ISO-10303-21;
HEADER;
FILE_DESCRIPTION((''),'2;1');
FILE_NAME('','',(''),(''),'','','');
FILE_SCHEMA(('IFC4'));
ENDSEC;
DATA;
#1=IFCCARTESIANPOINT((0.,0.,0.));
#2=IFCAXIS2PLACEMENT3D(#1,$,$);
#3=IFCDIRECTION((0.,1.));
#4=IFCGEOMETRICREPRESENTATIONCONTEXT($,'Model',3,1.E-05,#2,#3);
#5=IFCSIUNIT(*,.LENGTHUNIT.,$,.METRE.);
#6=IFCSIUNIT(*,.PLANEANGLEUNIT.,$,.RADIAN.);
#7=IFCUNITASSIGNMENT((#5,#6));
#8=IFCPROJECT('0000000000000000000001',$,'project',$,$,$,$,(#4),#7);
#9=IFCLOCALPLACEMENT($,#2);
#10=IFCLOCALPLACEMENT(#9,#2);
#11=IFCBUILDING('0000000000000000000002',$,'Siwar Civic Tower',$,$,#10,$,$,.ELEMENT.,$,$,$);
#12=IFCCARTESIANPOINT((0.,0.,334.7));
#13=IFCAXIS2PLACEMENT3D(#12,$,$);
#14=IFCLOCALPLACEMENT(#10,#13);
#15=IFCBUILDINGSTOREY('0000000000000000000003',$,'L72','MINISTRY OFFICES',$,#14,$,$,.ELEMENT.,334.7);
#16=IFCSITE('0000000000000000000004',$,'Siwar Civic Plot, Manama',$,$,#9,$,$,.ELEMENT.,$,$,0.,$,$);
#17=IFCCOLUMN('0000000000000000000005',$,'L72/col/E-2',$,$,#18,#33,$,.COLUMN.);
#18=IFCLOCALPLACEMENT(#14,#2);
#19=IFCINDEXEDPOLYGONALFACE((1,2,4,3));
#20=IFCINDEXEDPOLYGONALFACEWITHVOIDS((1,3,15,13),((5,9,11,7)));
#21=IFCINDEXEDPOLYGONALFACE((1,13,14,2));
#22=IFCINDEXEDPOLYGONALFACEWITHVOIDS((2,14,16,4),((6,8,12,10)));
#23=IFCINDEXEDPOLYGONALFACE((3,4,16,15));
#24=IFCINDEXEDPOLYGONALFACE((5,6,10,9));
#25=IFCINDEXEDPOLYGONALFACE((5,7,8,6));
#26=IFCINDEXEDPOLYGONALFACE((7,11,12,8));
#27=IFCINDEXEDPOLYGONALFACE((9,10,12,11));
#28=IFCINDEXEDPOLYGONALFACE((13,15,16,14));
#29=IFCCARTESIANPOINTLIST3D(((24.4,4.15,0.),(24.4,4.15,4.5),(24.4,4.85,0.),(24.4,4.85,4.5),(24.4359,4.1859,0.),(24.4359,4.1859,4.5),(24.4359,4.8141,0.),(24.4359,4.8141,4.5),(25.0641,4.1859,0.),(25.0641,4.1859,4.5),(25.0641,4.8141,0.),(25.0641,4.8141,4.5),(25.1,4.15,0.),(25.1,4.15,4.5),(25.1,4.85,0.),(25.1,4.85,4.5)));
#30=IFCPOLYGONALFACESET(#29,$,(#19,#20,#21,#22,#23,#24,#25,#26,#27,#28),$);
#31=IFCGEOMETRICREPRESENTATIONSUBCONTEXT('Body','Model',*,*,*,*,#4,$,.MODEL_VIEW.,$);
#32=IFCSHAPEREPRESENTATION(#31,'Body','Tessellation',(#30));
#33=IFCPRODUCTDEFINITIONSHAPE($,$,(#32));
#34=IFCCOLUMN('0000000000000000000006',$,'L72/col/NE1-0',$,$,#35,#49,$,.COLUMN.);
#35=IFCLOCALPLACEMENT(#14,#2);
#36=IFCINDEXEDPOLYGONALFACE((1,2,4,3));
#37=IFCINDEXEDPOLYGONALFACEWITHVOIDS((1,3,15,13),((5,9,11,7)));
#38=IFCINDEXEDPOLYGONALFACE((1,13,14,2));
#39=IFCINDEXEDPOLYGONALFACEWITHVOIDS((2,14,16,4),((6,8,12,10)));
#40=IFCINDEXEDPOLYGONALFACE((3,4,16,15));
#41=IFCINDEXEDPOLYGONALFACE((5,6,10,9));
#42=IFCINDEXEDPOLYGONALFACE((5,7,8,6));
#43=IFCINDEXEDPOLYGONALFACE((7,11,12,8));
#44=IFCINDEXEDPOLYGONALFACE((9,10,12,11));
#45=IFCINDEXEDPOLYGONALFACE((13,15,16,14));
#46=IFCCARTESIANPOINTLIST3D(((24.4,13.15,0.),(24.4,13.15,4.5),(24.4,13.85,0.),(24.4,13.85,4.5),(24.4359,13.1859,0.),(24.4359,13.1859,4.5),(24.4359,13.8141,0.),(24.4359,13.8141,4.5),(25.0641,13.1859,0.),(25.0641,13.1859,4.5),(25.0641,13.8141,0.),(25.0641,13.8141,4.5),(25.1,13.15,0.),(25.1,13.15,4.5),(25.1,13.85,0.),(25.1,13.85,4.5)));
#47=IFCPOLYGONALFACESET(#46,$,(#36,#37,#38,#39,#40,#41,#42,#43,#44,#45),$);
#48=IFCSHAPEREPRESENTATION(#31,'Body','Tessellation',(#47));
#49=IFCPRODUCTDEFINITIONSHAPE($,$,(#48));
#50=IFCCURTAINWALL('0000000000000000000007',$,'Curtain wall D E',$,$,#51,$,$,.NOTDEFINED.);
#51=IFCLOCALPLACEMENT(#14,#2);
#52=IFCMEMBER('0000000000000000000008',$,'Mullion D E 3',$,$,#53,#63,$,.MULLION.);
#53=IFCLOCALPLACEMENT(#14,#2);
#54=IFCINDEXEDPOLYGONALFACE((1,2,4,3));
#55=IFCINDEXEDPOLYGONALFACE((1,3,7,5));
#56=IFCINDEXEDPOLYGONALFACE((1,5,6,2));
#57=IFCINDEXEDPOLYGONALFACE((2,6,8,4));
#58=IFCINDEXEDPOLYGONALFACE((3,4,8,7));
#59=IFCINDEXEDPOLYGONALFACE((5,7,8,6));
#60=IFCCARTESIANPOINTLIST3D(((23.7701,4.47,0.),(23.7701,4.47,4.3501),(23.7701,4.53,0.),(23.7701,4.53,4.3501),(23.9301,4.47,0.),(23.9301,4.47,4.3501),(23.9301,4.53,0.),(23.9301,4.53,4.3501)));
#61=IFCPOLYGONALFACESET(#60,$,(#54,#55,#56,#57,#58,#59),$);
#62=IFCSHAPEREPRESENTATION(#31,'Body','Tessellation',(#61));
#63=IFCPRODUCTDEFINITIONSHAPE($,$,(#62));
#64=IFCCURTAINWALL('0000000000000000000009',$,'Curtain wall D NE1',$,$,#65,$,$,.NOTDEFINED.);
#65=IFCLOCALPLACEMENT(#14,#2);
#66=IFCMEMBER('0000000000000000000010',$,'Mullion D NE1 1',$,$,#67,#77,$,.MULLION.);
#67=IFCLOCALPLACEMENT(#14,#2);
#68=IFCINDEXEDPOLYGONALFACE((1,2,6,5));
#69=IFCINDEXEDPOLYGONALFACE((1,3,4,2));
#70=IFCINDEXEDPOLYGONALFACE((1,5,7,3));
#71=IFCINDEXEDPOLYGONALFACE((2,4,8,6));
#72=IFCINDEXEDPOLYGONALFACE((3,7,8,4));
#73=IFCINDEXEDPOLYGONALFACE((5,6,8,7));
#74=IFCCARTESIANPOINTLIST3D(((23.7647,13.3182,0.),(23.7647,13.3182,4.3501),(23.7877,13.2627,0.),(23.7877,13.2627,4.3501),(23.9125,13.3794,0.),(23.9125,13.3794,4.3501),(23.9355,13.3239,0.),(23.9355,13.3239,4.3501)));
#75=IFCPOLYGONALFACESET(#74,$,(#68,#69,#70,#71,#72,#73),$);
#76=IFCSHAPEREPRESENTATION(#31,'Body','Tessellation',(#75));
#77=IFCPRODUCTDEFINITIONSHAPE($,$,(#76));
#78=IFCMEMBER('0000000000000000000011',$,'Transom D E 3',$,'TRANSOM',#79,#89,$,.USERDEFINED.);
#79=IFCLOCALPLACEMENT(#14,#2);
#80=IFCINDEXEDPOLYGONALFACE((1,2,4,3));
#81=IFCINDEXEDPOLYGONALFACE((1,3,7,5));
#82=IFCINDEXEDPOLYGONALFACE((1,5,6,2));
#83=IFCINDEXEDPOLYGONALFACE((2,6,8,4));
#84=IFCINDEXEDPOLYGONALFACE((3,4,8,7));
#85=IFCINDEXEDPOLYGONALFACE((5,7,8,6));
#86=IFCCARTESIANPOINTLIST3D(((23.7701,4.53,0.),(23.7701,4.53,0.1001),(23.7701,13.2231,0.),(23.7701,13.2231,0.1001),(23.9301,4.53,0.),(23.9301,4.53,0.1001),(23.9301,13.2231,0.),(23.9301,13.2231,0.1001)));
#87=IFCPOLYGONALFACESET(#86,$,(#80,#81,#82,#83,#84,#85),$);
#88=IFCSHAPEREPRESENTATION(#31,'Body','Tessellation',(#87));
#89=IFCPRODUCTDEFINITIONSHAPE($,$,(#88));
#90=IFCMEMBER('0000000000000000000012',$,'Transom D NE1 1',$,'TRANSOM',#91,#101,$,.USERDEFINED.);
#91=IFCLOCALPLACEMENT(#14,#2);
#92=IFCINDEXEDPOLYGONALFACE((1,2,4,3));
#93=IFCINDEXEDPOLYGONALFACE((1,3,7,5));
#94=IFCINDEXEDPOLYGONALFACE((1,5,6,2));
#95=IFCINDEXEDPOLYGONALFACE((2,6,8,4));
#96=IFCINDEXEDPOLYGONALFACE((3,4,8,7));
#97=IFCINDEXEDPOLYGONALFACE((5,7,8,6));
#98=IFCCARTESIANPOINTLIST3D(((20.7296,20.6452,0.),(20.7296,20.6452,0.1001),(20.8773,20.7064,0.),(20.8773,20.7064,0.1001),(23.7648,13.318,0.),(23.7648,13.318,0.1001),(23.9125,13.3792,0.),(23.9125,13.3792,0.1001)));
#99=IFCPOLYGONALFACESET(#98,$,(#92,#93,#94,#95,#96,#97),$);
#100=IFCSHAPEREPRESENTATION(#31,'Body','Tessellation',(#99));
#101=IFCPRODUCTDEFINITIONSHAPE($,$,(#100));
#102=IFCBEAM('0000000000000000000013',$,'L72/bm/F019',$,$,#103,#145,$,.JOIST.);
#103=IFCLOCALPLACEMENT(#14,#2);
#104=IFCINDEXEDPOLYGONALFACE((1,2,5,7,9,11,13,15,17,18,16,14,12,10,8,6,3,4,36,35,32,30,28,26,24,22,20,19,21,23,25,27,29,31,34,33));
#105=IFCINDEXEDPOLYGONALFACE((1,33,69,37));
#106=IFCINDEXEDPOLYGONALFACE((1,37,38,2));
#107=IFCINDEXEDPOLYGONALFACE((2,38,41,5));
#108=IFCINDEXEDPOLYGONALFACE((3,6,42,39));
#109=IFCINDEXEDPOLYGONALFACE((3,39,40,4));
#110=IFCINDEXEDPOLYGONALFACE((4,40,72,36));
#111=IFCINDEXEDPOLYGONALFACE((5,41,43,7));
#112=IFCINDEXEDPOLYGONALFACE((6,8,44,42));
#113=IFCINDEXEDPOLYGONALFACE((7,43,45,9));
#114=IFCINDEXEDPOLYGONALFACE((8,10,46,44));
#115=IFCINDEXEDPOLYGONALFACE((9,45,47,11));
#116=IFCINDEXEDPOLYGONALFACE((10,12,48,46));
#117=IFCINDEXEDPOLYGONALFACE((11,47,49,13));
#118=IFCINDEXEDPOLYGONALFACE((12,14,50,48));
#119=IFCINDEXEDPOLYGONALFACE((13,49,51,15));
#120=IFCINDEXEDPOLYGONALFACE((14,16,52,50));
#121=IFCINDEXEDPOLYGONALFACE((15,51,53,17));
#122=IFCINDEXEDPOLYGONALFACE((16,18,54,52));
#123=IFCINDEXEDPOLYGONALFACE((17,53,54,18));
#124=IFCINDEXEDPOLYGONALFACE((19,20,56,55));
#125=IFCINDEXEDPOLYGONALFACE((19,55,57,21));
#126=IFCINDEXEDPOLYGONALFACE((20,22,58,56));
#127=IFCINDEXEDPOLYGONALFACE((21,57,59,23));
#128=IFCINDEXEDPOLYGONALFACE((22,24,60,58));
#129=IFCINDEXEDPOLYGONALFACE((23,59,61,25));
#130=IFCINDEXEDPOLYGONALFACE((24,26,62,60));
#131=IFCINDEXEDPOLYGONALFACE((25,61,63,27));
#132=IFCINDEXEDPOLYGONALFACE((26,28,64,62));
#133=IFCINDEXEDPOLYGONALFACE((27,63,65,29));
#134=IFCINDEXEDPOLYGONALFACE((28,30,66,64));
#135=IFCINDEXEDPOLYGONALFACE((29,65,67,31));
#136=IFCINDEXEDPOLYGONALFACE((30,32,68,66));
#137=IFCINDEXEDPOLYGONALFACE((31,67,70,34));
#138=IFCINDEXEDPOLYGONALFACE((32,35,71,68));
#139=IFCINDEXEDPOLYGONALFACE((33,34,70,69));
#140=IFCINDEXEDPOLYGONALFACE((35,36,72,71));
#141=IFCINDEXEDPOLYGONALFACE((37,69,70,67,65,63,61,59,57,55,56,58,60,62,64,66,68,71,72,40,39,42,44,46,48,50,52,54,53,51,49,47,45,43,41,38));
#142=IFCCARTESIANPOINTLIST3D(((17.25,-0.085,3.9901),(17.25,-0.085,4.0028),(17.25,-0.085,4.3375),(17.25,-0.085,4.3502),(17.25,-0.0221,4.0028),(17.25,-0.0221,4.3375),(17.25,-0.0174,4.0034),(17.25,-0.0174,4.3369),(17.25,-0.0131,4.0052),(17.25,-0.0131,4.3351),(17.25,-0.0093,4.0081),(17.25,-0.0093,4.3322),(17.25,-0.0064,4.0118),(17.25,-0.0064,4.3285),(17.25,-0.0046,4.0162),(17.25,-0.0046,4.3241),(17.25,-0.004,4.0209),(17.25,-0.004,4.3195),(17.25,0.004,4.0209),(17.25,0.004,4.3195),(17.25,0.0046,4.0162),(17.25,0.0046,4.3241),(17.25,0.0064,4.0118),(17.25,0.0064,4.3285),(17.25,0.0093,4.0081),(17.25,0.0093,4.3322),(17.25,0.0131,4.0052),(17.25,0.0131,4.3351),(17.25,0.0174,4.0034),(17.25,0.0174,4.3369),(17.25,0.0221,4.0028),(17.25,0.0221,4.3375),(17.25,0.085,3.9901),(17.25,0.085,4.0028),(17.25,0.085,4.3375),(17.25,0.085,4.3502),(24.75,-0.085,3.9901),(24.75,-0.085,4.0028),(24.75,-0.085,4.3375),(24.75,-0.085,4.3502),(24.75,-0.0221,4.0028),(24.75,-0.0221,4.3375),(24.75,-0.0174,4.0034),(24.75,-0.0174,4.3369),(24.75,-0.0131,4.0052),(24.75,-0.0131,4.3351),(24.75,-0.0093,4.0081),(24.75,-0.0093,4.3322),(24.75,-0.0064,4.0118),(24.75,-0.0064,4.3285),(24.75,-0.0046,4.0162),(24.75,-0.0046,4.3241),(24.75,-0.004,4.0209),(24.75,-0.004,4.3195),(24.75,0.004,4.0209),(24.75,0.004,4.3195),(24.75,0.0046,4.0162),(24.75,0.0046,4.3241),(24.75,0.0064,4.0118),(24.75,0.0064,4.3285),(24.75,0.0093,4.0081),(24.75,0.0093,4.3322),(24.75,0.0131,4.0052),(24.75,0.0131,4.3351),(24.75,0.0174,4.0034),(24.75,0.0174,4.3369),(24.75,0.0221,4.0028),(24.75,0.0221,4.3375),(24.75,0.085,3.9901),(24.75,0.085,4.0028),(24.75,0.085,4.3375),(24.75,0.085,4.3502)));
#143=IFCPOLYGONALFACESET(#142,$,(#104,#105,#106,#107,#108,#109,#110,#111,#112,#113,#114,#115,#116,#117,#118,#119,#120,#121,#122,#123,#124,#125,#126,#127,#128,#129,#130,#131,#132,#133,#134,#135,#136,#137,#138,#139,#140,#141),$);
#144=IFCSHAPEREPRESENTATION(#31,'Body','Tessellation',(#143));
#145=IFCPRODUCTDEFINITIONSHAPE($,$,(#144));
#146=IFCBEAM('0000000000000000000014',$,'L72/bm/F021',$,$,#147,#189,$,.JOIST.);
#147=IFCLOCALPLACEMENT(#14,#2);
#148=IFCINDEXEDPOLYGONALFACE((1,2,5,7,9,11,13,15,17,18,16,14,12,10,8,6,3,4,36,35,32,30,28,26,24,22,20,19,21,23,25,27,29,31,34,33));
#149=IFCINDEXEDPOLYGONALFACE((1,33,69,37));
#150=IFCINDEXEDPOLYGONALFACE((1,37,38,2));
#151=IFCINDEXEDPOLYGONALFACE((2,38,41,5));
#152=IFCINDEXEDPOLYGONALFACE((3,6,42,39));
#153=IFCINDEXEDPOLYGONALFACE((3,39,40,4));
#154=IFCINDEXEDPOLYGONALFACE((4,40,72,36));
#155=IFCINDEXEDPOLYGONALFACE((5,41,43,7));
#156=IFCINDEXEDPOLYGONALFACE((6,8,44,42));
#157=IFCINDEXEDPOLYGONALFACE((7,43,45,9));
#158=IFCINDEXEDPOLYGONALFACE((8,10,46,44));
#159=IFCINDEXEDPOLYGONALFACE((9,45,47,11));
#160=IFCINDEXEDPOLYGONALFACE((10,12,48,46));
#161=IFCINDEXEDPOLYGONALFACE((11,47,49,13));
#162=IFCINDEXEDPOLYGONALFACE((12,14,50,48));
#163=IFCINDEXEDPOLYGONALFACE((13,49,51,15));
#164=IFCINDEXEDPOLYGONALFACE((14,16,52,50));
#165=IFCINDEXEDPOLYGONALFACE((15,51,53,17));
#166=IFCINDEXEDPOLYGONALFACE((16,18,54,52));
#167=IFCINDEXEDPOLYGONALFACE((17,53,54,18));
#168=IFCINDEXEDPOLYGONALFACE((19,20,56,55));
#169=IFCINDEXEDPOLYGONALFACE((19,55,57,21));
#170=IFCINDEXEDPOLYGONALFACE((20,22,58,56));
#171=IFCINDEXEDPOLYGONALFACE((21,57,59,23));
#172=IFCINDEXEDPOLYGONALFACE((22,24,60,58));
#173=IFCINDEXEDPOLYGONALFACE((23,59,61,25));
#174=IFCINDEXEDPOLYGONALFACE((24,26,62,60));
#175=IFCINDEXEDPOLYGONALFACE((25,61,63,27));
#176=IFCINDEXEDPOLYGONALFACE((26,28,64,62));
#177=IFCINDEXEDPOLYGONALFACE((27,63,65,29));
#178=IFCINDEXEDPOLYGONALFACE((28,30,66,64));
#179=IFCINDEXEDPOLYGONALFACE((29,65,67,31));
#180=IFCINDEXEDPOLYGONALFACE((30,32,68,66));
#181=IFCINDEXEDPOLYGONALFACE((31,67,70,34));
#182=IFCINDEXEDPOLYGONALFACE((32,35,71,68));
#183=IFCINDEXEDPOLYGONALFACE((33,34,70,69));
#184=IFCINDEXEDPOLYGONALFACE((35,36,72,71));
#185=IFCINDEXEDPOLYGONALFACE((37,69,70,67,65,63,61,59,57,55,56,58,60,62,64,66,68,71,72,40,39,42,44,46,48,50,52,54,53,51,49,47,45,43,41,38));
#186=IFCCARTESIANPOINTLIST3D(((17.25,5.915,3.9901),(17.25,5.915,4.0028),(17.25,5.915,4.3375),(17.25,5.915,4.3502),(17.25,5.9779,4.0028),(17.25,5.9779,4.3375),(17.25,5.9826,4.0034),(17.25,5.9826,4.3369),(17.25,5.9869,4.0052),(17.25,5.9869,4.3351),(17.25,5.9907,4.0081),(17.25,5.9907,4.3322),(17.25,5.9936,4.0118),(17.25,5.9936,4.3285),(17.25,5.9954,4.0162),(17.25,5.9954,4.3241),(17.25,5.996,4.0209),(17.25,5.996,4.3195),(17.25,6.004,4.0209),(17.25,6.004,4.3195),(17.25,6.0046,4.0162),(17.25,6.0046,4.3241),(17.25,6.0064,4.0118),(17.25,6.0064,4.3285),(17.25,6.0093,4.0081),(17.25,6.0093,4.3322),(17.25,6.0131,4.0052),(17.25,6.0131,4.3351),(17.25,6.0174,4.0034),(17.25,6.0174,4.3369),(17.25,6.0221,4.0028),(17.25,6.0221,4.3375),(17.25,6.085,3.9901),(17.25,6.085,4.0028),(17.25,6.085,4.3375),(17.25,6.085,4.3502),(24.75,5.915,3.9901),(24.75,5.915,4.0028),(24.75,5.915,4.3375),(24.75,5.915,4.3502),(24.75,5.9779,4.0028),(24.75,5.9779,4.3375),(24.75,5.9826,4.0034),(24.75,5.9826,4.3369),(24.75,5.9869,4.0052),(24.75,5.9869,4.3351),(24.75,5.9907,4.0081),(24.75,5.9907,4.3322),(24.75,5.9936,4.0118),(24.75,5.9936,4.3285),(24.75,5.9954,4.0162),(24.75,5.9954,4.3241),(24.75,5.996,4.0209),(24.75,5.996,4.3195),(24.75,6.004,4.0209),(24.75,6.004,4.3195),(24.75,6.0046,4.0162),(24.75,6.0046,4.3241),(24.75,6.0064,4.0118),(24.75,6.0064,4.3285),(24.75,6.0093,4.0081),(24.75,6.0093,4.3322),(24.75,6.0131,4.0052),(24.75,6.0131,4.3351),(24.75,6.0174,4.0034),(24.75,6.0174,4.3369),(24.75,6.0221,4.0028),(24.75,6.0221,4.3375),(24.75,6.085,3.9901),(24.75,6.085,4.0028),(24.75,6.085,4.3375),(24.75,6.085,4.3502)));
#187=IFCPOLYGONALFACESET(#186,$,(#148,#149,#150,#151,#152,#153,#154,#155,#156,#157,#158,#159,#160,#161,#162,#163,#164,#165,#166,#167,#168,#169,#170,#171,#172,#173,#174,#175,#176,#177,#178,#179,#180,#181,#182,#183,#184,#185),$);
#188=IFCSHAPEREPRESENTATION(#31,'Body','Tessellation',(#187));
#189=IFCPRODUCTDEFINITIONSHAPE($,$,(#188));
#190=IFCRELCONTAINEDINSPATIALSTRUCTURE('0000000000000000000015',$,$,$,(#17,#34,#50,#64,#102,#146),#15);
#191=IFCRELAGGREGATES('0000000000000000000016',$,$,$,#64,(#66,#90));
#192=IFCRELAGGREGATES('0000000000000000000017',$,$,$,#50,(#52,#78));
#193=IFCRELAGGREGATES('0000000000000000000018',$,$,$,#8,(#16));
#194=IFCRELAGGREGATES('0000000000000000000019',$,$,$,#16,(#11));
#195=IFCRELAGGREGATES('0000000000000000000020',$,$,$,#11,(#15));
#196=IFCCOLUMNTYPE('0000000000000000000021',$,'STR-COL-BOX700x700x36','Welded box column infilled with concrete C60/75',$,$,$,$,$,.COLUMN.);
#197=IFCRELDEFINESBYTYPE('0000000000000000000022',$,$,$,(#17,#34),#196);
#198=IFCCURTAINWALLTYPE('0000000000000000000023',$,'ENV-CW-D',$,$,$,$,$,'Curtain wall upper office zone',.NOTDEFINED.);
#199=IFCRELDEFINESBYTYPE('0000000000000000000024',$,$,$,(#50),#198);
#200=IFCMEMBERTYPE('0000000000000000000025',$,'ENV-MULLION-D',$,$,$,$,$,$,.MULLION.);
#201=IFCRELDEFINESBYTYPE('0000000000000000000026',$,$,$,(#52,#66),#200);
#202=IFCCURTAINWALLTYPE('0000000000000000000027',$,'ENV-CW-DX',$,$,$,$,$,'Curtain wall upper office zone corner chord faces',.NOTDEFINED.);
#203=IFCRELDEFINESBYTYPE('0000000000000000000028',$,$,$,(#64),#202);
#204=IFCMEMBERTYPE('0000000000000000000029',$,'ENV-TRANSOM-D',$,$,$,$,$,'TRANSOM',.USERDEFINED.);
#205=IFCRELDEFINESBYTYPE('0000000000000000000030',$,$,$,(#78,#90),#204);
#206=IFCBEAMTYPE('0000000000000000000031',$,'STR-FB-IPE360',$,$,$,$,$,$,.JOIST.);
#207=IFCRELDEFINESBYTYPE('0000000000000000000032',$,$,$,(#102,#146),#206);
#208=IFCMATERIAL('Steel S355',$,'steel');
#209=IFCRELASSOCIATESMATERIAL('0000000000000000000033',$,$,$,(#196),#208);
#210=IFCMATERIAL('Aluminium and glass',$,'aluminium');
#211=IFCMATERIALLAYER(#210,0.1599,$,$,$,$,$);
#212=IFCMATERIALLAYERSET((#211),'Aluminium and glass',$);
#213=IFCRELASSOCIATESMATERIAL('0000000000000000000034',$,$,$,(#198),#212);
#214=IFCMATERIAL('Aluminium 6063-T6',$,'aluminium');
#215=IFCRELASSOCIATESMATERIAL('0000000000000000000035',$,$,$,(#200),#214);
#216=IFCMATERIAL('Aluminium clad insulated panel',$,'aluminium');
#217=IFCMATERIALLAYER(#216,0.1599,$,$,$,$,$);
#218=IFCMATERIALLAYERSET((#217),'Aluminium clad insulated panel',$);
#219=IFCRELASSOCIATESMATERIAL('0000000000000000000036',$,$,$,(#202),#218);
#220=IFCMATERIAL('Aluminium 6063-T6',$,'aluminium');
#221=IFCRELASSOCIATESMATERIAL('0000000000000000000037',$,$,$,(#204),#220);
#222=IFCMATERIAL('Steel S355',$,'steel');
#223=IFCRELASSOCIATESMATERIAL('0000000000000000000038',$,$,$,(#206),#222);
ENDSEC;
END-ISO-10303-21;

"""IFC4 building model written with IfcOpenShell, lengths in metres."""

from ifc_helpers import new_model, si_unit, direction, frame, origin, origin_2d, place, context, subcontext, project, spatial, rectangle, hollow_rectangle, i_section, extrude, material, layer, layer_set, material_profile, profile_set, type_object, element, aggregate, save


model = new_model("IFC4")

# Units and contexts
model_context = context("Model", 3, precision=1e-05, world=origin(), true_north=direction((0.0, 1.0)))
body_context = subcontext(model_context, "Body", "Model", "MODEL_VIEW")
ifc_project = project(units=[si_unit("LENGTHUNIT", "METRE"), si_unit("PLANEANGLEUNIT", "RADIAN")], contexts=[model_context])

# Site, building, storey
site_placement = place(None, origin())
site = spatial("IfcSite", under=ifc_project, at=site_placement, Name="Siwar Civic Plot, Manama", CompositionType="ELEMENT", RefElevation=0.0)
building_placement = place(site_placement, origin())
building = spatial("IfcBuilding", under=site, at=building_placement, Name="Siwar Civic Tower", CompositionType="ELEMENT")
storey_placement = place(building_placement, frame((0.0, 0.0, 334.7)))
storey = spatial("IfcBuildingStorey", under=building, at=storey_placement, Name="L72", Description="MINISTRY OFFICES", CompositionType="ELEMENT", Elevation=334.7)

# Columns
ifc_material_1 = material(Name="Steel S355", Category="steel")
ifc_material_profile_1 = material_profile(ifc_material_1, hollow_rectangle(XDim=0.7, YDim=0.7, WallThickness=0.0359, at=origin_2d()), Name="BOX700x700x36")
ifc_profile_set_1 = profile_set([ifc_material_profile_1], Name="Steel S355")
column_type = type_object("IfcColumnType", Name="STR-COL-BOX700x700x36", Description="Welded box column infilled with concrete C60/75", PredefinedType="COLUMN", material=ifc_profile_set_1)
for number, where, z_axis, x_axis, name in (
    (1, (24.75, 4.5, 0.0), (0.0, 0.0, 1.0), (1.0, 0.0, 0.0), "L72/col/E-2"),
    (2, (24.75, 13.5, 0.0), (0.0, 0.0, 1.0), (1.0, 0.0, 0.0), "L72/col/NE1-0"),
):
    element("IfcColumn", number, at=place(storey_placement, frame(where, z_axis=z_axis, x_axis=x_axis)), inside=storey, type_object=column_type, Name=name, PredefinedType="COLUMN", context=body_context, shape_type="SweptSolid", body=[
        extrude(hollow_rectangle(XDim=0.7, YDim=0.7, WallThickness=0.0359, at=origin_2d()), origin(), (0.0, 0.0, 1.0), 4.5),
    ])

# Curtain walls, members
ifc_material_2 = material(Name="Aluminium and glass", Category="aluminium")
ifc_layer_1 = layer(ifc_material_2, 0.1599)
ifc_layer_set_1 = layer_set([ifc_layer_1], Name="Aluminium and glass")
curtain_wall_type_1 = type_object("IfcCurtainWallType", Name="ENV-CW-D", ElementType="Curtain wall upper office zone", PredefinedType="NOTDEFINED", material=ifc_layer_set_1)
curtain_wall_1_placement = place(storey_placement, origin())
curtain_wall_1 = element("IfcCurtainWall", 3, at=curtain_wall_1_placement, inside=storey, type_object=curtain_wall_type_1, Name="Curtain wall D E", PredefinedType="NOTDEFINED")
ifc_material_3 = material(Name="Aluminium 6063-T6", Category="aluminium")
ifc_material_profile_2 = material_profile(ifc_material_3, rectangle(XDim=0.1599, YDim=0.0601, at=origin_2d()), Name="AL 160x60")
ifc_profile_set_2 = profile_set([ifc_material_profile_2], Name="Aluminium 6063-T6")
member_type_1 = type_object("IfcMemberType", Name="ENV-MULLION-D", PredefinedType="MULLION", material=ifc_profile_set_2)
member_1_placement = place(storey_placement, frame((23.8501, 4.5, 0.0), z_axis=(0.0, 0.0, 1.0), x_axis=(-1.0, 0.0, 0.0)))
member_1 = element("IfcMember", 4, at=member_1_placement, type_object=member_type_1, Name="Mullion D E 3", PredefinedType="MULLION", context=body_context, shape_type="SweptSolid", body=[
    extrude(rectangle(XDim=0.1599, YDim=0.0601, at=origin_2d()), origin(), (0.0, 0.0, 1.0), 4.3501),
])
ifc_material_4 = material(Name="Aluminium clad insulated panel", Category="aluminium")
ifc_layer_2 = layer(ifc_material_4, 0.1599)
ifc_layer_set_2 = layer_set([ifc_layer_2], Name="Aluminium clad insulated panel")
curtain_wall_type_2 = type_object("IfcCurtainWallType", Name="ENV-CW-DX", ElementType="Curtain wall upper office zone corner chord faces", PredefinedType="NOTDEFINED", material=ifc_layer_set_2)
curtain_wall_2_placement = place(storey_placement, origin())
curtain_wall_2 = element("IfcCurtainWall", 5, at=curtain_wall_2_placement, inside=storey, type_object=curtain_wall_type_2, Name="Curtain wall D NE1", PredefinedType="NOTDEFINED")
member_2_placement = place(storey_placement, frame((23.8501, 13.321, 0.0), z_axis=(0.0, 0.0, 1.0), x_axis=(-0.92388, -0.382683, 0.0)))
member_2 = element("IfcMember", 6, at=member_2_placement, type_object=member_type_1, Name="Mullion D NE1 1", PredefinedType="MULLION", context=body_context, shape_type="SweptSolid", body=[
    extrude(rectangle(XDim=0.1599, YDim=0.0601, at=origin_2d()), origin(), (0.0, 0.0, 1.0), 4.3501),
])

# Members
ifc_material_5 = material(Name="Aluminium 6063-T6", Category="aluminium")
ifc_material_profile_3 = material_profile(ifc_material_5, rectangle(XDim=0.1599, YDim=0.1001, at=origin_2d()), Name="AL 160x100")
ifc_profile_set_3 = profile_set([ifc_material_profile_3], Name="Aluminium 6063-T6")
member_type_2 = type_object("IfcMemberType", Name="ENV-TRANSOM-D", ElementType="TRANSOM", PredefinedType="USERDEFINED", material=ifc_profile_set_3)
member_3_placement = place(storey_placement, frame((23.8501, 4.53, 0.05), z_axis=(0.0, 1.0, 0.0), x_axis=(-1.0, 0.0, 0.0)))
member_3 = element("IfcMember", 7, at=member_3_placement, type_object=member_type_2, Name="Transom D E 3", ObjectType="TRANSOM", PredefinedType="USERDEFINED", context=body_context, shape_type="SweptSolid", body=[
    extrude(rectangle(XDim=0.1599, YDim=0.1001, at=origin_2d()), origin(), (0.0, 0.0, 1.0), 8.6931),
])
member_4_placement = place(storey_placement, frame((23.8386, 13.3486, 0.05), z_axis=(-0.3827, 0.923873, 0.0), x_axis=(-0.923873, -0.3827, 0.0)))
member_4 = element("IfcMember", 8, at=member_4_placement, type_object=member_type_2, Name="Transom D NE1 1", ObjectType="TRANSOM", PredefinedType="USERDEFINED", context=body_context, shape_type="SweptSolid", body=[
    extrude(rectangle(XDim=0.1599, YDim=0.1001, at=origin_2d()), origin(), (0.0, 0.0, 1.0), 7.9309),
])
aggregate(curtain_wall_2, [member_2, member_4])

# Beams
ifc_material_6 = material(Name="Steel S355", Category="steel")
ifc_material_profile_4 = material_profile(ifc_material_6, i_section(OverallWidth=0.1699, OverallDepth=0.3601, WebThickness=0.0081, FlangeThickness=0.0127, FilletRadius=0.0181, at=origin_2d()), Name="IPE360")
ifc_profile_set_4 = profile_set([ifc_material_profile_4], Name="Steel S355")
beam_type_1 = type_object("IfcBeamType", Name="STR-FB-IPE360", PredefinedType="JOIST", material=ifc_profile_set_4)
for number, where, z_axis, x_axis, name in (
    (9, (17.25, 0.0, 4.1702), (1.0, 0.0, 0.0), (0.0, 1.0, 0.0), "L72/bm/F019"),
    (10, (17.25, 6.0, 4.1702), (1.0, 0.0, 0.0), (0.0, 1.0, 0.0), "L72/bm/F021"),
):
    element("IfcBeam", number, at=place(storey_placement, frame(where, z_axis=z_axis, x_axis=x_axis)), inside=storey, type_object=beam_type_1, Name=name, PredefinedType="JOIST", context=body_context, shape_type="SweptSolid", body=[
        extrude(i_section(OverallWidth=0.1699, OverallDepth=0.3601, WebThickness=0.0081, FlangeThickness=0.0127, FilletRadius=0.0181, at=origin_2d()), origin(), (0.0, 0.0, 1.0), 7.5),
    ])

aggregate(curtain_wall_1, [member_1, member_3])

save(model, "model.ifc")
